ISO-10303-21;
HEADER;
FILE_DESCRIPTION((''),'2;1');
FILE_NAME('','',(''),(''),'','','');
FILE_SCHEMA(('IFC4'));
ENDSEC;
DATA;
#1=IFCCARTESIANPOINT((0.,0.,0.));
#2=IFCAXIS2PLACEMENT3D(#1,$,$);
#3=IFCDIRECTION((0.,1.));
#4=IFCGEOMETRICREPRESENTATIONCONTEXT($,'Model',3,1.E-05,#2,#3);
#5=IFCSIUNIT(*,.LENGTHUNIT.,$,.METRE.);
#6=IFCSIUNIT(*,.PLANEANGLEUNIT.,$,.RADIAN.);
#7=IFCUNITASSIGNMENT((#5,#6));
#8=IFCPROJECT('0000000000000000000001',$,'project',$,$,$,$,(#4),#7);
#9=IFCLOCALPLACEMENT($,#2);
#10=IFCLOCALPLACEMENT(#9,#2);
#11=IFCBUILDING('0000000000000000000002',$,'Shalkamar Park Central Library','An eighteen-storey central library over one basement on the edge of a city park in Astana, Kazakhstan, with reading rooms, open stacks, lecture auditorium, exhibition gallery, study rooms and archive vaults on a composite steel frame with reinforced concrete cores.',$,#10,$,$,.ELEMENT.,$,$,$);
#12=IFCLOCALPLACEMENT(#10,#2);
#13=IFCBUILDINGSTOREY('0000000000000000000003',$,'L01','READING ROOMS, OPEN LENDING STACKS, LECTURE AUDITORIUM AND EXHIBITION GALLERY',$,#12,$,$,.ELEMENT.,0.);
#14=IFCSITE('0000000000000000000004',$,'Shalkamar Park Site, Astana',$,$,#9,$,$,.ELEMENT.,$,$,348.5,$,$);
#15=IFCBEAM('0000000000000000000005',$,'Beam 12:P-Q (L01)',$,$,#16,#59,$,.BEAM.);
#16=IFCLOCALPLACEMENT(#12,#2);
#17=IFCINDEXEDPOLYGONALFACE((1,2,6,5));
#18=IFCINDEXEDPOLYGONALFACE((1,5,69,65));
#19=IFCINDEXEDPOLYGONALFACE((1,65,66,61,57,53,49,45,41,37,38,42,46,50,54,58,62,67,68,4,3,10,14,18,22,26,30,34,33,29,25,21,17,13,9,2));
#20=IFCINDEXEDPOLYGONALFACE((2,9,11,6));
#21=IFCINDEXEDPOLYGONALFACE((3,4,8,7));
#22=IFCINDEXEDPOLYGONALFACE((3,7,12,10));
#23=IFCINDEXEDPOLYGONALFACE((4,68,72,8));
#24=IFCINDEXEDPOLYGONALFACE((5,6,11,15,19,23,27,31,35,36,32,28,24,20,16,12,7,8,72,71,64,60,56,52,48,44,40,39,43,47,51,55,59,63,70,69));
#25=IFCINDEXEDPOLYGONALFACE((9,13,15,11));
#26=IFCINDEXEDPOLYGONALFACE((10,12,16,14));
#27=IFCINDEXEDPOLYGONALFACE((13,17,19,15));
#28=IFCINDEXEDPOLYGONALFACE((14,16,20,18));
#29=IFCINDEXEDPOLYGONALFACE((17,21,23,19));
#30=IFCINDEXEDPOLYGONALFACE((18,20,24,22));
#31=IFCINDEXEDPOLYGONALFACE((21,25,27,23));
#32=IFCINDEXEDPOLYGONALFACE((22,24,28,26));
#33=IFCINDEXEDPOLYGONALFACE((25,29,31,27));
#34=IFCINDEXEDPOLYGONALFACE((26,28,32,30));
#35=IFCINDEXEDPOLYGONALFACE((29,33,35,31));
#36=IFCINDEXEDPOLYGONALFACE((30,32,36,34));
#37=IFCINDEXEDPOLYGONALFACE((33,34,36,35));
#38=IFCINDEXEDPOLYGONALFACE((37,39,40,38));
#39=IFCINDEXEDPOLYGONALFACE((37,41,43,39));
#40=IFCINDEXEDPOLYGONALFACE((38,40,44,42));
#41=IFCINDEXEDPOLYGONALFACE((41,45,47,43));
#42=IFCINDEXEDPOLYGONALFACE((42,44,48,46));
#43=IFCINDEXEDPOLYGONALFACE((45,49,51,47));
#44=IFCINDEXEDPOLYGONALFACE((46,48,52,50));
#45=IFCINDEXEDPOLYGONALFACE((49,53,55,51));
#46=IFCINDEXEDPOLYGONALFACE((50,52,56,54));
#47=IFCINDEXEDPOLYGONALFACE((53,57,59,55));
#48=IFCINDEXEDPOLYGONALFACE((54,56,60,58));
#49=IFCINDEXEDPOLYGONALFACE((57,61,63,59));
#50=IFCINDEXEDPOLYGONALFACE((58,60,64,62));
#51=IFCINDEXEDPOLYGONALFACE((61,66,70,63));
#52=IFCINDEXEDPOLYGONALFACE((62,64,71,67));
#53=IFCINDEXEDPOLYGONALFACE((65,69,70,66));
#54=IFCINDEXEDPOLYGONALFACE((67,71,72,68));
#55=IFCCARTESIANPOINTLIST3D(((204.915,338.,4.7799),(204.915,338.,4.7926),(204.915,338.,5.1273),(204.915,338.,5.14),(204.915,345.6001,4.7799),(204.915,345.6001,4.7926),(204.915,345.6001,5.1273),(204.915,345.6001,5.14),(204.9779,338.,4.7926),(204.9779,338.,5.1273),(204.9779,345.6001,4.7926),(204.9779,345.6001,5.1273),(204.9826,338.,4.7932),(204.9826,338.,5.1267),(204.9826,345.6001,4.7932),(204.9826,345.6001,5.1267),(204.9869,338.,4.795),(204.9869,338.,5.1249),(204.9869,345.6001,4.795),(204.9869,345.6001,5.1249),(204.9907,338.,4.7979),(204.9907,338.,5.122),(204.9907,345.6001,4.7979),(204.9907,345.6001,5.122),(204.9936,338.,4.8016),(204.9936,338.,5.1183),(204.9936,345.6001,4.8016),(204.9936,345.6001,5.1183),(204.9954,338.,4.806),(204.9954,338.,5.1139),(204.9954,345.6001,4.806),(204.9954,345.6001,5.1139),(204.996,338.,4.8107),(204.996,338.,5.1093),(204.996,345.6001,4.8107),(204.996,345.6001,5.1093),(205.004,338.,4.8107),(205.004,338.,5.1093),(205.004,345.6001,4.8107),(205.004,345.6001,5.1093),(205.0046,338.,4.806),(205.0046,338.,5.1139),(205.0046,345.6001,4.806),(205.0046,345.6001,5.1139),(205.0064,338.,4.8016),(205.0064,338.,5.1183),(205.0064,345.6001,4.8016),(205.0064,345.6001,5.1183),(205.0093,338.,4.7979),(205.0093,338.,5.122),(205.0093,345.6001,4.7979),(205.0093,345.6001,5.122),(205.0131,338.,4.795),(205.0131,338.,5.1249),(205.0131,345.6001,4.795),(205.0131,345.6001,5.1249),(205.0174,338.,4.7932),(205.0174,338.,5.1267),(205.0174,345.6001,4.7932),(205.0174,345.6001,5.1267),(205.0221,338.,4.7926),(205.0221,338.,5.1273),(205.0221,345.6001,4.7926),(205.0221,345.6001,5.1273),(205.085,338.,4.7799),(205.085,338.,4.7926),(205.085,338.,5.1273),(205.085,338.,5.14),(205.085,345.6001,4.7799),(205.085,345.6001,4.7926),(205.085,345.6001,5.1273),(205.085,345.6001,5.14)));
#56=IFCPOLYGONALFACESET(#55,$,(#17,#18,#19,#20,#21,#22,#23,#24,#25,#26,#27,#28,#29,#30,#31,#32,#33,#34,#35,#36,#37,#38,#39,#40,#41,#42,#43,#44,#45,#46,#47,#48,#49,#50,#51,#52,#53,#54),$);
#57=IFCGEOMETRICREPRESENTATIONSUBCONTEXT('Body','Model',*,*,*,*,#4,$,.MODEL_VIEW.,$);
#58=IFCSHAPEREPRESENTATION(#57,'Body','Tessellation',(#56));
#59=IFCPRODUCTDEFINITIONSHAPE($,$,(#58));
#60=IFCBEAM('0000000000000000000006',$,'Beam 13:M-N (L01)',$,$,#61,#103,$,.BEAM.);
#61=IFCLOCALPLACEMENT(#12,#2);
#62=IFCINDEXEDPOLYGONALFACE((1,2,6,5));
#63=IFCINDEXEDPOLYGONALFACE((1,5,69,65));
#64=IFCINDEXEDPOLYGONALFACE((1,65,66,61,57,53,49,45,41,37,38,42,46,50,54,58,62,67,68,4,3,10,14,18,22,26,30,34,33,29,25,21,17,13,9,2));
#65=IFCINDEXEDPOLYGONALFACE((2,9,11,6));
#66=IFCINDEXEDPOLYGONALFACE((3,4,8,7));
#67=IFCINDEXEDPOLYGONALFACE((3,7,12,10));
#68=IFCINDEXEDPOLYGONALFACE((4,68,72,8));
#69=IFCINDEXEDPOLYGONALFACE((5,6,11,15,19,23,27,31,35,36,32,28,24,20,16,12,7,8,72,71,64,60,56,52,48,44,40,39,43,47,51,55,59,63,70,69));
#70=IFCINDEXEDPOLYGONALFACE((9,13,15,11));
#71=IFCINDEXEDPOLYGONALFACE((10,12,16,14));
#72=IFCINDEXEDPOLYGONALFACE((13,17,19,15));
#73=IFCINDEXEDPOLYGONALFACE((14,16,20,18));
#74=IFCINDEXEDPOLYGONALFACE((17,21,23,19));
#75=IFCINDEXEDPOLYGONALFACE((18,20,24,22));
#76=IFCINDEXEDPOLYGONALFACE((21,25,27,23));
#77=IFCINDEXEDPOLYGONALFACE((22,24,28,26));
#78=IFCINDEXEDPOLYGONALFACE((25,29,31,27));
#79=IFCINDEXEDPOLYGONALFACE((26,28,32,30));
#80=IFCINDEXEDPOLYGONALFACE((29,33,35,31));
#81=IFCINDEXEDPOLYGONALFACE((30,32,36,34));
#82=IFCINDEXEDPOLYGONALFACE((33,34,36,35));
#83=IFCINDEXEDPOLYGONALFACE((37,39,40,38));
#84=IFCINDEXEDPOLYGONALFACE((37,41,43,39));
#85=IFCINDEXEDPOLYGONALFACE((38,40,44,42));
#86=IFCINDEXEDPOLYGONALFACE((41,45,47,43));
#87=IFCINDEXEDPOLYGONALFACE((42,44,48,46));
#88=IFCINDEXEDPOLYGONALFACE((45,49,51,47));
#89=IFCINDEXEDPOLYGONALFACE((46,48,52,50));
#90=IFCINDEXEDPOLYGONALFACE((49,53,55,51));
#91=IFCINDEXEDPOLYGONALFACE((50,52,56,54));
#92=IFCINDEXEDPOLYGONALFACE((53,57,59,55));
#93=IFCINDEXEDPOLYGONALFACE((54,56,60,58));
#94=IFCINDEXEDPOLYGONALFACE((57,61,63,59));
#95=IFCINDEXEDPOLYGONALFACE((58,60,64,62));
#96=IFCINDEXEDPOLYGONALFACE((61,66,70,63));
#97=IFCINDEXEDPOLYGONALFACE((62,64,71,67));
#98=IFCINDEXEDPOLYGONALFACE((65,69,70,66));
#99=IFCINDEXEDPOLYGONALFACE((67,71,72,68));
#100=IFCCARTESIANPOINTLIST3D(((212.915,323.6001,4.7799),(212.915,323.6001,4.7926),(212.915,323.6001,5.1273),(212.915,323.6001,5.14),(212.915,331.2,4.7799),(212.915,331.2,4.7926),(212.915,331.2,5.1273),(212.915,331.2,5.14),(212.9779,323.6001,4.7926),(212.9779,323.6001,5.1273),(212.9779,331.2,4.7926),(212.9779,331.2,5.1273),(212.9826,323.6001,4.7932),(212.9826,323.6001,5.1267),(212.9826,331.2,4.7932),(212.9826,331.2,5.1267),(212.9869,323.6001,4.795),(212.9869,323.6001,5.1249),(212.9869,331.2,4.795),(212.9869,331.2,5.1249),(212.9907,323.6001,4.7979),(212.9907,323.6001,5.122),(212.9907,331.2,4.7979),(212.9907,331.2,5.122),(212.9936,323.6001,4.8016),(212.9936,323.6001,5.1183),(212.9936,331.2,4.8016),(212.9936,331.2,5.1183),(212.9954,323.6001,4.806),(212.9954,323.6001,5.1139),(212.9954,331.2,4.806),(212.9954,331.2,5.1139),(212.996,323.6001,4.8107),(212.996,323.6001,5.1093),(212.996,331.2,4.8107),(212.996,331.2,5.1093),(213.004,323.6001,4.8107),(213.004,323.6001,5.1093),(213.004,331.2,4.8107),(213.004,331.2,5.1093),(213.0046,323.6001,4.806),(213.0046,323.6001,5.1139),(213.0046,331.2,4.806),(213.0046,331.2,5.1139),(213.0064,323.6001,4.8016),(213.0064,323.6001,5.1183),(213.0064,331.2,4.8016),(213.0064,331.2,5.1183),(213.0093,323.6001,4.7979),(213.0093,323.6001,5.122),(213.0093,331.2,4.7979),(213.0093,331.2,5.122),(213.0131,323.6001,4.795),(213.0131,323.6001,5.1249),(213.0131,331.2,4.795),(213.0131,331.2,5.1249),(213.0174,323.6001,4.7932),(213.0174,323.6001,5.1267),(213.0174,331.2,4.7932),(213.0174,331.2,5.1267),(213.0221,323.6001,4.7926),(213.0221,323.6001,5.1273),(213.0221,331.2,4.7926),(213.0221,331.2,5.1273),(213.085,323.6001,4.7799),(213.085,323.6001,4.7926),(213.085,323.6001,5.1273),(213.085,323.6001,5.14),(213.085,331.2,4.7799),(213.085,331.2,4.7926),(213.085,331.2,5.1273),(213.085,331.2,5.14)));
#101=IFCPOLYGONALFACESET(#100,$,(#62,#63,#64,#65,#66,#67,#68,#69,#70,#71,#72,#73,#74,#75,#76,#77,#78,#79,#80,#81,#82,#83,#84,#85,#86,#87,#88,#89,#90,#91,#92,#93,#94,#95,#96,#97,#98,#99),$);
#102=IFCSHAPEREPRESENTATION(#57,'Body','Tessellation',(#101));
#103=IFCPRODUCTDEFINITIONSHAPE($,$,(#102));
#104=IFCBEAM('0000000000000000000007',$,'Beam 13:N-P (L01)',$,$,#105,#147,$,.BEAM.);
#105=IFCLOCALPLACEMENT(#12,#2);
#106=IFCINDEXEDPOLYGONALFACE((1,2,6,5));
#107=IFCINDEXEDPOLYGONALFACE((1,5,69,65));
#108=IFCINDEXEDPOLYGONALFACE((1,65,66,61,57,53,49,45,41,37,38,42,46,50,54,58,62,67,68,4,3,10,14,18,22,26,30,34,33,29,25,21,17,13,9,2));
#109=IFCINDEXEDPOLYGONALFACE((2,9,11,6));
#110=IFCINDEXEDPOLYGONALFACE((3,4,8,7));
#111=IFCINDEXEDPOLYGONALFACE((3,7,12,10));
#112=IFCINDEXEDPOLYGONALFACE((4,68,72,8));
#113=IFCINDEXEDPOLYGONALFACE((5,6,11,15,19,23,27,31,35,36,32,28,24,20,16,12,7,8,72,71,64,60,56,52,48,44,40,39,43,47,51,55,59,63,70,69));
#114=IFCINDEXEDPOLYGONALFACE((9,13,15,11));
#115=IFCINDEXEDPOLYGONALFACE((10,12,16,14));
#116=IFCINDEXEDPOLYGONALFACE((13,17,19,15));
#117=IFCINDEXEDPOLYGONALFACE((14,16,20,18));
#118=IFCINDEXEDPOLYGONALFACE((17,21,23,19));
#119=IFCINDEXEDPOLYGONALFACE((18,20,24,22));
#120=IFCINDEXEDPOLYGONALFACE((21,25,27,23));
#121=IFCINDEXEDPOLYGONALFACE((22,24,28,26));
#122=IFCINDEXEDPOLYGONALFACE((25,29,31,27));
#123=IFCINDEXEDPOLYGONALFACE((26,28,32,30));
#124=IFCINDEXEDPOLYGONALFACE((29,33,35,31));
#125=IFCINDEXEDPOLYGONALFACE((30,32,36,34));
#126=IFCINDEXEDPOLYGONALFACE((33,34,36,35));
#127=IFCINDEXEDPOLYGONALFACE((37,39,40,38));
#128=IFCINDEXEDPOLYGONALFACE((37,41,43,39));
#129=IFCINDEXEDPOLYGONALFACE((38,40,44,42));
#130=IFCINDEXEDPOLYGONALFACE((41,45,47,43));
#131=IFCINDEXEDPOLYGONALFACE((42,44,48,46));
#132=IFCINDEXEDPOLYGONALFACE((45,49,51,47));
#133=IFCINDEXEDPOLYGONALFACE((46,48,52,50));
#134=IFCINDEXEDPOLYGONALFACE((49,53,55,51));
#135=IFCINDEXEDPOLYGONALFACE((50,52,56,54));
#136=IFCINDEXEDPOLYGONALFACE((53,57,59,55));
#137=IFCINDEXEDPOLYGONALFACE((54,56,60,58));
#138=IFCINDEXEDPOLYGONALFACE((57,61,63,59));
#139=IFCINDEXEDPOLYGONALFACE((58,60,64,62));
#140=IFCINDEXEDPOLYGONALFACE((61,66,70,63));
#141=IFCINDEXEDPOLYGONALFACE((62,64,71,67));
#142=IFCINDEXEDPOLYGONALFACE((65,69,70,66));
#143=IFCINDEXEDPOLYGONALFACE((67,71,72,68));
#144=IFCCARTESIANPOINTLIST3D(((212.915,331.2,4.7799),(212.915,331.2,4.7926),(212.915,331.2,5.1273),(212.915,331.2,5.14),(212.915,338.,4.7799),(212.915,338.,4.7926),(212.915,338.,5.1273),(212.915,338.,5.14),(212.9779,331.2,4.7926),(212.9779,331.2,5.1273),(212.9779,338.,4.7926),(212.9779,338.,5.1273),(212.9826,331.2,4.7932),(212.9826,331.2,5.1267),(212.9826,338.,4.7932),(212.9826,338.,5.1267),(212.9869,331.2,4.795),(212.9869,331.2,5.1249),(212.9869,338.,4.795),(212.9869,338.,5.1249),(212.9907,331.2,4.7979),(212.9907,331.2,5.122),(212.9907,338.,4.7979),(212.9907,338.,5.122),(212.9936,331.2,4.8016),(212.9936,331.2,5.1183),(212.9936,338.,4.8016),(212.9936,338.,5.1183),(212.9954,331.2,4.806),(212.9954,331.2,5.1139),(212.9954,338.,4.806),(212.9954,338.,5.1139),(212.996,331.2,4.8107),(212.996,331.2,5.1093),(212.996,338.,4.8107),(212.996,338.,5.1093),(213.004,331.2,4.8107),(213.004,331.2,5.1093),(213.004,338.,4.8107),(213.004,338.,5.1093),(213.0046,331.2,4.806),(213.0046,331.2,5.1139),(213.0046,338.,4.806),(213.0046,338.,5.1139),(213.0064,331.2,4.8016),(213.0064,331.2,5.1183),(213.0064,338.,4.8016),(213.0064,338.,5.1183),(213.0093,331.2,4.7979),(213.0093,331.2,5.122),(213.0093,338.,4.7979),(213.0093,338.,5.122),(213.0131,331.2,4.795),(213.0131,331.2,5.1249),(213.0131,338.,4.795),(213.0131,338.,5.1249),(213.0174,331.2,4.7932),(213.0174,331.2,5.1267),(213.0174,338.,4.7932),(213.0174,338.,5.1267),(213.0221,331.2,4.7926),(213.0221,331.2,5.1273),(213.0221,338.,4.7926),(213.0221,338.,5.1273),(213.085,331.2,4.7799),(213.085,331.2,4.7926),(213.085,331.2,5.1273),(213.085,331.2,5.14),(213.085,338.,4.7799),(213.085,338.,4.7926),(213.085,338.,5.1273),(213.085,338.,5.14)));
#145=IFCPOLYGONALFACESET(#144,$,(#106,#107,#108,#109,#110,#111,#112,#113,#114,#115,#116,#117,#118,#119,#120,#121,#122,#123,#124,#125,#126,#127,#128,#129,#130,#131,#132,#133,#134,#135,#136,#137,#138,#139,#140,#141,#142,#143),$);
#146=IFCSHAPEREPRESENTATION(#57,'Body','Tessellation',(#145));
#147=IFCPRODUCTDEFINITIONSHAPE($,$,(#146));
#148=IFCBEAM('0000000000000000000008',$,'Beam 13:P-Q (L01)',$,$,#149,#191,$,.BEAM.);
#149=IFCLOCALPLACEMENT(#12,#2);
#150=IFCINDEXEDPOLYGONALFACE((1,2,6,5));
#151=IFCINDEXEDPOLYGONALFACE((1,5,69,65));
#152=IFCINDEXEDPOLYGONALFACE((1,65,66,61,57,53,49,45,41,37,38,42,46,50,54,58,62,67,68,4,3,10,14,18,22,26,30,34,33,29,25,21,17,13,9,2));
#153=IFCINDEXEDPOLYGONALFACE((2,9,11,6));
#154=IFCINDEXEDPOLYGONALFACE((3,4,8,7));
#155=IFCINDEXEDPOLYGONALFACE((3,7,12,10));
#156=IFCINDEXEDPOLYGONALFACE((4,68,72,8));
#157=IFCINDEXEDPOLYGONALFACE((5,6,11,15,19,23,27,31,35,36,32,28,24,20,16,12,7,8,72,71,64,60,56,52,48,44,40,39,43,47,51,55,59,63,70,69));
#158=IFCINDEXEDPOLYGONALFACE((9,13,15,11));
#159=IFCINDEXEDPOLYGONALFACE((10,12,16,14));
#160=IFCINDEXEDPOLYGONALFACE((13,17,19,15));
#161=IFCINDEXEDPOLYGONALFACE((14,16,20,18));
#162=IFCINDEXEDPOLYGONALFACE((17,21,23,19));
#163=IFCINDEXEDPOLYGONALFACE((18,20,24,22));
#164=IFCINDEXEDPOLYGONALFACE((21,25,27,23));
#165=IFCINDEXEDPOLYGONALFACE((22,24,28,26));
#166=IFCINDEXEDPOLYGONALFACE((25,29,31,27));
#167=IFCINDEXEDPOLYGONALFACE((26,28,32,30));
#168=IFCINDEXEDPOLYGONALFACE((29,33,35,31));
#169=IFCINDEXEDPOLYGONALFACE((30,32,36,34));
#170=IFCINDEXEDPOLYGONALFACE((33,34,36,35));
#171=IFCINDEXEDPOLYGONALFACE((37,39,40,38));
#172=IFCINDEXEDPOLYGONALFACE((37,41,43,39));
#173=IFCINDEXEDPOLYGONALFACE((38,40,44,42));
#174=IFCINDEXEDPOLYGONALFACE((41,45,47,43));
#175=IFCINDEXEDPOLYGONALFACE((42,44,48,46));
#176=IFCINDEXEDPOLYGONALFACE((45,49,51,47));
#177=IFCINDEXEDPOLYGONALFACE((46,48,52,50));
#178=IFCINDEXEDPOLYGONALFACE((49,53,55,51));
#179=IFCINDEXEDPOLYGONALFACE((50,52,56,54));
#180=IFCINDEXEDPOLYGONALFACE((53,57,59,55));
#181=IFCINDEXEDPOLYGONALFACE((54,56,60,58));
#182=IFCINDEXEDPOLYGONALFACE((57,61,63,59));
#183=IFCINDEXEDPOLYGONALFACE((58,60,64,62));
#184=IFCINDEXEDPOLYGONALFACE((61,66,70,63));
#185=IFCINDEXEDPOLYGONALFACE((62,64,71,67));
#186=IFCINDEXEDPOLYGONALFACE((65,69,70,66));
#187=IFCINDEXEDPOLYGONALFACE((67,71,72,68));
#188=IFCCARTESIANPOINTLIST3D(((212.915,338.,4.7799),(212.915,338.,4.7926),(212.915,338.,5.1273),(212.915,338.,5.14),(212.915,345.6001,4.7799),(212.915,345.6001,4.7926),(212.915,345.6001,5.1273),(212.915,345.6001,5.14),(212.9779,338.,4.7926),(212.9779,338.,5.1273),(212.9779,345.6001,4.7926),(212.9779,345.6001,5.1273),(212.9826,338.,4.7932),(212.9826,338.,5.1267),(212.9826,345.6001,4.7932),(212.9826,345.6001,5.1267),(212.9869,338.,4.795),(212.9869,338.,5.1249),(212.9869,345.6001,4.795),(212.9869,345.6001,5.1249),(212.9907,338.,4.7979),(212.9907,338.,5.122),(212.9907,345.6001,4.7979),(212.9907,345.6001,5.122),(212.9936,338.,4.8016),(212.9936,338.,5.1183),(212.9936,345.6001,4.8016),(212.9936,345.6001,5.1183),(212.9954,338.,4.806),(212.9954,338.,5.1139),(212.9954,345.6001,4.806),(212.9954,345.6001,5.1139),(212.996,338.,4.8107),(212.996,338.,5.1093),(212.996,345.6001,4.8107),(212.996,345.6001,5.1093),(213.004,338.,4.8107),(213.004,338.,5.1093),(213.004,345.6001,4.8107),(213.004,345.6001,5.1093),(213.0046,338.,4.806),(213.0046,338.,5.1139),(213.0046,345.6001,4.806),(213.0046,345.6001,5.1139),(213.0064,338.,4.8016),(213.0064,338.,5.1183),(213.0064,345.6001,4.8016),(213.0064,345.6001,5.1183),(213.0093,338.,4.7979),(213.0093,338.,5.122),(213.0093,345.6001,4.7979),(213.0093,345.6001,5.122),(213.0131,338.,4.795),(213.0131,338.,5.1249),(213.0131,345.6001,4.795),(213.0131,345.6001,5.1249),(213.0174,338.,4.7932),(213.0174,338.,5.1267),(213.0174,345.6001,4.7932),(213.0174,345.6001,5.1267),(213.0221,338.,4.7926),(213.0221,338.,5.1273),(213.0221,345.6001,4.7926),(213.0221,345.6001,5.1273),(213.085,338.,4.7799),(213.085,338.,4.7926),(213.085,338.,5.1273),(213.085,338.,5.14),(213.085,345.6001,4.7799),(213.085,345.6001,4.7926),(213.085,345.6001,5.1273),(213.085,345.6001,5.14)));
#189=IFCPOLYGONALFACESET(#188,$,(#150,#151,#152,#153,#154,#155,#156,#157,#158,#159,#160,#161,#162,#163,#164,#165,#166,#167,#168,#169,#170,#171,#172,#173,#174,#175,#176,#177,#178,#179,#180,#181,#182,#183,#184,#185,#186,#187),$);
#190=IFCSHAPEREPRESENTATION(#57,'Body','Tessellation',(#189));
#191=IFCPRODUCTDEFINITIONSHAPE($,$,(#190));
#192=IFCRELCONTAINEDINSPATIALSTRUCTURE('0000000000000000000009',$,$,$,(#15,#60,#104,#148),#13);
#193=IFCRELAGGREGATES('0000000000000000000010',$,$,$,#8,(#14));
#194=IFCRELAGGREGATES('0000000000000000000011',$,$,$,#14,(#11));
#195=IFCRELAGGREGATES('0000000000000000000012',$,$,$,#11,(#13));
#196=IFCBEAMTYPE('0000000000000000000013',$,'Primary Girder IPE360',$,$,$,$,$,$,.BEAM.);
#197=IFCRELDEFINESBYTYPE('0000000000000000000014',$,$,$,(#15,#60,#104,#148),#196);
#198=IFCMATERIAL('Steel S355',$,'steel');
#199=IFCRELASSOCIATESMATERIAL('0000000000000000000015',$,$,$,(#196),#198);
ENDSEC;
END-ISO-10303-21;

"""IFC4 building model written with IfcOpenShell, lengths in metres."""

from ifc_helpers import new_model, si_unit, direction, frame, origin, origin_2d, place, context, subcontext, project, spatial, i_section, extrude, material, material_profile, profile_set, type_object, element, save


model = new_model("IFC4")

# Units and contexts
model_context = context("Model", 3, precision=1e-05, world=origin(), true_north=direction((0.0, 1.0)))
body_context = subcontext(model_context, "Body", "Model", "MODEL_VIEW")
ifc_project = project(units=[si_unit("LENGTHUNIT", "METRE"), si_unit("PLANEANGLEUNIT", "RADIAN")], contexts=[model_context])

# Site, building, storey
site_placement = place(None, origin())
site = spatial("IfcSite", under=ifc_project, at=site_placement, Name="Shalkamar Park Site, Astana", CompositionType="ELEMENT", RefElevation=348.5)
building_placement = place(site_placement, origin())
building = spatial("IfcBuilding", under=site, at=building_placement, Name="Shalkamar Park Central Library", Description="An eighteen-storey central library over one basement on the edge of a city park in Astana, Kazakhstan, with reading rooms, open stacks, lecture auditorium, exhibition gallery, study rooms and archive vaults on a composite steel frame with reinforced concrete cores.", CompositionType="ELEMENT")
storey_placement = place(building_placement, origin())
storey = spatial("IfcBuildingStorey", under=building, at=storey_placement, Name="L01", Description="READING ROOMS, OPEN LENDING STACKS, LECTURE AUDITORIUM AND EXHIBITION GALLERY", CompositionType="ELEMENT", Elevation=0.0)

# Shared definitions
ifc_material_1 = material(Name="Steel S355", Category="steel")

# Beams
ifc_material_profile_1 = material_profile(ifc_material_1, i_section(OverallWidth=0.1699, OverallDepth=0.3601, WebThickness=0.0081, FlangeThickness=0.0127, FilletRadius=0.0181, at=origin_2d()), Name="IPE 360")
ifc_profile_set_1 = profile_set([ifc_material_profile_1], Name="Steel S355")
beam_type_1 = type_object("IfcBeamType", Name="Primary Girder IPE360", PredefinedType="BEAM", material=ifc_profile_set_1)
beam_1_placement = place(storey_placement, frame((205.0, 338.0, 4.96), z_axis=(0.0, 1.0, 0.0), x_axis=(-1.0, 0.0, 0.0)))
element("IfcBeam", 1, at=beam_1_placement, inside=storey, type_object=beam_type_1, Name="Beam 12:P-Q (L01)", PredefinedType="BEAM", context=body_context, shape_type="SweptSolid", body=[
    extrude(i_section(OverallWidth=0.1699, OverallDepth=0.3601, WebThickness=0.0081, FlangeThickness=0.0127, FilletRadius=0.0181, at=origin_2d()), origin(), (0.0, 0.0, 1.0), 7.6001),
])
beam_2_placement = place(storey_placement, frame((213.0, 323.6001, 4.96), z_axis=(0.0, 1.0, 0.0), x_axis=(-1.0, 0.0, 0.0)))
element("IfcBeam", 2, at=beam_2_placement, inside=storey, type_object=beam_type_1, Name="Beam 13:M-N (L01)", PredefinedType="BEAM", context=body_context, shape_type="SweptSolid", body=[
    extrude(i_section(OverallWidth=0.1699, OverallDepth=0.3601, WebThickness=0.0081, FlangeThickness=0.0127, FilletRadius=0.0181, at=origin_2d()), origin(), (0.0, 0.0, 1.0), 7.5999),
])
beam_3_placement = place(storey_placement, frame((213.0, 331.2, 4.96), z_axis=(0.0, 1.0, 0.0), x_axis=(-1.0, 0.0, 0.0)))
element("IfcBeam", 3, at=beam_3_placement, inside=storey, type_object=beam_type_1, Name="Beam 13:N-P (L01)", PredefinedType="BEAM", context=body_context, shape_type="SweptSolid", body=[
    extrude(i_section(OverallWidth=0.1699, OverallDepth=0.3601, WebThickness=0.0081, FlangeThickness=0.0127, FilletRadius=0.0181, at=origin_2d()), origin(), (0.0, 0.0, 1.0), 6.8),
])
for number, where, z_axis, x_axis, name in (
    (4, (213.0, 338.0, 4.96), (0.0, 1.0, 0.0), (-1.0, 0.0, 0.0), "Beam 13:P-Q (L01)"),
):
    element("IfcBeam", number, at=place(storey_placement, frame(where, z_axis=z_axis, x_axis=x_axis)), inside=storey, type_object=beam_type_1, Name=name, PredefinedType="BEAM", context=body_context, shape_type="SweptSolid", body=[
        extrude(i_section(OverallWidth=0.1699, OverallDepth=0.3601, WebThickness=0.0081, FlangeThickness=0.0127, FilletRadius=0.0181, at=origin_2d()), origin(), (0.0, 0.0, 1.0), 7.6001),
    ])

save(model, "model.ifc")
